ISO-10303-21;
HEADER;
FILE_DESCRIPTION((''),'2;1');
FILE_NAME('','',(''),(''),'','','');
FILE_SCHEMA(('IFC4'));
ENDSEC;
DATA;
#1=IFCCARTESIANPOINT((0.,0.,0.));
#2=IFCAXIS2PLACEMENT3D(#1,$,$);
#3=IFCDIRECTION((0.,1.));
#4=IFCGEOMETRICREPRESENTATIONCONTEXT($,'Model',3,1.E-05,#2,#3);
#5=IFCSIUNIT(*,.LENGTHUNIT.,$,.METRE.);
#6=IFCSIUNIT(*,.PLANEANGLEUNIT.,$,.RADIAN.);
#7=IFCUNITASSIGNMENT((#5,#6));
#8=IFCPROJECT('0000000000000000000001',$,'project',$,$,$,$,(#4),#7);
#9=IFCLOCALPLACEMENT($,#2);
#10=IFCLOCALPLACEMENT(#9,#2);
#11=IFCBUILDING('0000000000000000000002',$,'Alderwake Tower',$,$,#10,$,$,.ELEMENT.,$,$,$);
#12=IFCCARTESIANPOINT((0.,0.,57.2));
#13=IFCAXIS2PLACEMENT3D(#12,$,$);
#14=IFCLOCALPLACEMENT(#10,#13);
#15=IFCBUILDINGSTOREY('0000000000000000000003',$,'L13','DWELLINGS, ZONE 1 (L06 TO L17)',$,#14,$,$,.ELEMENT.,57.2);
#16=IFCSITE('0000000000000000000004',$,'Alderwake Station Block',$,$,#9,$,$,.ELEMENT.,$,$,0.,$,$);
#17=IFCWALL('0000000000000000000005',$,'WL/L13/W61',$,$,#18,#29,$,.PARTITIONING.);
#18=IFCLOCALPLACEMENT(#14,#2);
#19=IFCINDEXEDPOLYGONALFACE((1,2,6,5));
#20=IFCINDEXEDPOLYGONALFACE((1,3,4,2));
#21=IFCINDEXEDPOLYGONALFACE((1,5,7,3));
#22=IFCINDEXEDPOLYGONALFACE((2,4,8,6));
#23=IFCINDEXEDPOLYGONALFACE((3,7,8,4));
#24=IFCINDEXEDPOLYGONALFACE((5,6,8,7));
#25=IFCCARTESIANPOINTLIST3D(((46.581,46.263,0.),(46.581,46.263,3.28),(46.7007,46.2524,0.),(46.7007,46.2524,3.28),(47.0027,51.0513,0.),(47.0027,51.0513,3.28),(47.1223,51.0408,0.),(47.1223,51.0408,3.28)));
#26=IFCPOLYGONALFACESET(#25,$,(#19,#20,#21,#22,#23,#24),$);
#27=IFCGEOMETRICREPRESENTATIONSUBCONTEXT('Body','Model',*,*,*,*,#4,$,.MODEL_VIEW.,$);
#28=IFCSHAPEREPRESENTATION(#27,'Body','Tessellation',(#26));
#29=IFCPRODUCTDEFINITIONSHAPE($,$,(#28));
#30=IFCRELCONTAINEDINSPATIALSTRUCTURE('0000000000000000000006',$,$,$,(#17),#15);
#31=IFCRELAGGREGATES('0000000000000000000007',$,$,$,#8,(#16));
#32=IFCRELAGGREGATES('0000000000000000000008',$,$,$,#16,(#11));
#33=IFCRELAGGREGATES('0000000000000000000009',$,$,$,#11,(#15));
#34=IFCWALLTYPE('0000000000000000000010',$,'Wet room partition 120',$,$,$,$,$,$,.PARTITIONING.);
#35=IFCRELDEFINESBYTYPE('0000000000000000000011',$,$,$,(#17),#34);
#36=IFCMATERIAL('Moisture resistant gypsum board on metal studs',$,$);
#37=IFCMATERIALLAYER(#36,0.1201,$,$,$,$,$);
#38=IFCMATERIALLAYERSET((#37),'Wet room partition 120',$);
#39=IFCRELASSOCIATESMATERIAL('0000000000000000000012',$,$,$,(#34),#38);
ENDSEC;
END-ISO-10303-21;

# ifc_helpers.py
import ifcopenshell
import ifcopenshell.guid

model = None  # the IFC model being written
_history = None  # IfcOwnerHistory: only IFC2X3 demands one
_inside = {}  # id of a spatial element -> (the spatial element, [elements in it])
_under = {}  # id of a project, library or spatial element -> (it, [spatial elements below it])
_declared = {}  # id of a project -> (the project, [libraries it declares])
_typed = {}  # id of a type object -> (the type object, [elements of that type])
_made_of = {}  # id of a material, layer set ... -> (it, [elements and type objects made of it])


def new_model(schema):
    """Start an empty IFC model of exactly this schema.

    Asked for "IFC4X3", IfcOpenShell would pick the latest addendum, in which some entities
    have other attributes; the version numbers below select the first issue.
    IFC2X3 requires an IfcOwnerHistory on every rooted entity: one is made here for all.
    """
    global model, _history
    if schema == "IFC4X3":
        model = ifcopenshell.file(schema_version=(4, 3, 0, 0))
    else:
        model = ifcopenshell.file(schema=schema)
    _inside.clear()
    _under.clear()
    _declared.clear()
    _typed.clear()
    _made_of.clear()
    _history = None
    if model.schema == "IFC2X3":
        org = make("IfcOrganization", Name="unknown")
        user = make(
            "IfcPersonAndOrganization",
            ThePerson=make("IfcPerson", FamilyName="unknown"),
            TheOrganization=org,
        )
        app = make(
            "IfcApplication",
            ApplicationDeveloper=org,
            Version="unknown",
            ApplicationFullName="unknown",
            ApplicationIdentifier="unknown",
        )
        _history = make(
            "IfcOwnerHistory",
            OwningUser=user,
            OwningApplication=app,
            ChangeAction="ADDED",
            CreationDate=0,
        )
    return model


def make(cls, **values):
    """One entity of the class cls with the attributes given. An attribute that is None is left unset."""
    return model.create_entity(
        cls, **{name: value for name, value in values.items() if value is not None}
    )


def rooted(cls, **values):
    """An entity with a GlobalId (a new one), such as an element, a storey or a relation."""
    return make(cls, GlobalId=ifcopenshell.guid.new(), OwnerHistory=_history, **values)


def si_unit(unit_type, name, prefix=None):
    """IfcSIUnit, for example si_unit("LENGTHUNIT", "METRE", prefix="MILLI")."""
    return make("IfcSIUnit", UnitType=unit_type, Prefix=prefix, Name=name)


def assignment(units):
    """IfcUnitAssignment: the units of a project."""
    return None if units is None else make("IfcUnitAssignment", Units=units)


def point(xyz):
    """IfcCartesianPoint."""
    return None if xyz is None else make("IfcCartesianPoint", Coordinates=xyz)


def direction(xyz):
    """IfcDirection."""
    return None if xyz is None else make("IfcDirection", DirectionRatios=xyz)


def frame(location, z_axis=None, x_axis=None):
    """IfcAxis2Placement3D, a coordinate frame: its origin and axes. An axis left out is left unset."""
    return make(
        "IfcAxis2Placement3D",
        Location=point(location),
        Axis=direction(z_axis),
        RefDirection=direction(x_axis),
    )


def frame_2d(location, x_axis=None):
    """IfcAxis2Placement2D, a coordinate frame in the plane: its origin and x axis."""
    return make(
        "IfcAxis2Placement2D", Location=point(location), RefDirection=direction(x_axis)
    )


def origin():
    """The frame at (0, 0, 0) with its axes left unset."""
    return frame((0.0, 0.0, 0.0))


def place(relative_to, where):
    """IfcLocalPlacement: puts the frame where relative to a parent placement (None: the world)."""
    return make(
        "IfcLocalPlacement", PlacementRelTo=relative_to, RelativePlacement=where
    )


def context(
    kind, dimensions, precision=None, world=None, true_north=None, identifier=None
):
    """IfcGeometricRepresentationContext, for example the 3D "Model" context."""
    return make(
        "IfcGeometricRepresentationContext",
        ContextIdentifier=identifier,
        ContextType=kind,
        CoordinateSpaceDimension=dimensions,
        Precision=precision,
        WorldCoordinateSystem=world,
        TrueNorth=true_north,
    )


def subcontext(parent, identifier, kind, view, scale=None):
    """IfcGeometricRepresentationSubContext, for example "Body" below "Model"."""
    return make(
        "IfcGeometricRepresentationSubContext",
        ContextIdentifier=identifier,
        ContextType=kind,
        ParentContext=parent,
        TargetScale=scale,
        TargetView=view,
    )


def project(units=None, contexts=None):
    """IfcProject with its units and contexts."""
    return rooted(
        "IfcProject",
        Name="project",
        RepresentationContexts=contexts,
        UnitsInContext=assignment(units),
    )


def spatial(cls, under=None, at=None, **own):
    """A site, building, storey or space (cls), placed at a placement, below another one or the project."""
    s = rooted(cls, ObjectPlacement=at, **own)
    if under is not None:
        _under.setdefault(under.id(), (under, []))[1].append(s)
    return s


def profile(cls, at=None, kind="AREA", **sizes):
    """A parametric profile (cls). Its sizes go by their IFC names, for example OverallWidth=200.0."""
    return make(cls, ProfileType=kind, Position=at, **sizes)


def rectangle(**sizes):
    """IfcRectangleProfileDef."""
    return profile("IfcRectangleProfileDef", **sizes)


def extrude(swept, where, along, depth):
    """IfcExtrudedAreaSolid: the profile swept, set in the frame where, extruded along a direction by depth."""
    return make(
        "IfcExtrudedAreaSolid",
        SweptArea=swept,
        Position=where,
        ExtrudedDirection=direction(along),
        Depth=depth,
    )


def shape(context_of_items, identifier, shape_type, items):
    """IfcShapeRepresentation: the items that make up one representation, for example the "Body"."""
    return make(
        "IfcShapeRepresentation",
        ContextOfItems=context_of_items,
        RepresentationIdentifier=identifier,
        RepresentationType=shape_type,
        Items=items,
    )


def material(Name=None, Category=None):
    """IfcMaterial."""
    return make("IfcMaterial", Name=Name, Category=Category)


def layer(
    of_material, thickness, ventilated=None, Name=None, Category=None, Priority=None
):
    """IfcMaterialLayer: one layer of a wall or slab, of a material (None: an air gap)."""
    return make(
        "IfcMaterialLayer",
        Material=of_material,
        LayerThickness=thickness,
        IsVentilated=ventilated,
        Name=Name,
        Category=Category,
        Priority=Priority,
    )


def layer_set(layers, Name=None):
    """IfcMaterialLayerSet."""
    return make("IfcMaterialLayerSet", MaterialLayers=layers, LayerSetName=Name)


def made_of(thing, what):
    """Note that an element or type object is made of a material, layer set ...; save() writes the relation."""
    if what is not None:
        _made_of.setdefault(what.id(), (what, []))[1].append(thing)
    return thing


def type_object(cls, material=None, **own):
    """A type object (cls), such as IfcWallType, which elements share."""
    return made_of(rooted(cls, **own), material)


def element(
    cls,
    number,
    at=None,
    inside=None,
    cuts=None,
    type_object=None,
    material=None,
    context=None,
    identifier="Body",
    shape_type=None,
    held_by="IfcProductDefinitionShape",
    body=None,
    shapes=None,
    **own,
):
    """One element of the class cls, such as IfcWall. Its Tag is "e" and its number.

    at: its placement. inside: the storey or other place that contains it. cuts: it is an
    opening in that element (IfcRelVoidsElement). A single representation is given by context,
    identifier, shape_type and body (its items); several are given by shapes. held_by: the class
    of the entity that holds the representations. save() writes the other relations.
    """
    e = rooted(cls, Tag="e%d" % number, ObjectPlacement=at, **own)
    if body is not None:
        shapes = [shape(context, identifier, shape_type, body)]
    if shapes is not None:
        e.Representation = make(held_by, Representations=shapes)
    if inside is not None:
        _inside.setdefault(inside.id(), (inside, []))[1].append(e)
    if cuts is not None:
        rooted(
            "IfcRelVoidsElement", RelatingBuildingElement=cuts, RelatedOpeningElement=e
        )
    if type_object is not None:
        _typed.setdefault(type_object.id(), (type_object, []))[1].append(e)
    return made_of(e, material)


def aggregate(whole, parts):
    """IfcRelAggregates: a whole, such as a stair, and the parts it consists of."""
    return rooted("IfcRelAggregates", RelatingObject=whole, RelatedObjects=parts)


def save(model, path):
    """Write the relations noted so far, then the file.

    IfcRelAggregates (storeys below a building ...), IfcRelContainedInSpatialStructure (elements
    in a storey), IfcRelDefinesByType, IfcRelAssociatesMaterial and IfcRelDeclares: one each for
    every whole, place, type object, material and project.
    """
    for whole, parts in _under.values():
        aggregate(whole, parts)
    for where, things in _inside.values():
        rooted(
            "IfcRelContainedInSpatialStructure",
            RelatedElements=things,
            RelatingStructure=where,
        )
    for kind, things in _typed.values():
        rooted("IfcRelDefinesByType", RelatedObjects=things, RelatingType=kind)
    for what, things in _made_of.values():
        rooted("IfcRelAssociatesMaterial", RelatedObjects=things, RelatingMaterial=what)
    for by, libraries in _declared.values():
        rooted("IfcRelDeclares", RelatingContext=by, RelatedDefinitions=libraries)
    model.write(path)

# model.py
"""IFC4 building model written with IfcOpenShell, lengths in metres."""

from ifc_helpers import new_model, si_unit, direction, frame, frame_2d, origin, place, context, subcontext, project, spatial, rectangle, extrude, material, layer, layer_set, type_object, element, save


model = new_model("IFC4")

# Units and contexts
model_context = context("Model", 3, precision=1e-05, world=origin(), true_north=direction((0.0, 1.0)))
body_context = subcontext(model_context, "Body", "Model", "MODEL_VIEW")
ifc_project = project(units=[si_unit("LENGTHUNIT", "METRE"), si_unit("PLANEANGLEUNIT", "RADIAN")], contexts=[model_context])

# Site, building, storey
site_placement = place(None, origin())
site = spatial("IfcSite", under=ifc_project, at=site_placement, Name="Alderwake Station Block", CompositionType="ELEMENT", RefElevation=0.0)
building_placement = place(site_placement, origin())
building = spatial("IfcBuilding", under=site, at=building_placement, Name="Alderwake Tower", CompositionType="ELEMENT")
storey_placement = place(building_placement, frame((0.0, 0.0, 57.2)))
storey = spatial("IfcBuildingStorey", under=building, at=storey_placement, Name="L13", Description="DWELLINGS, ZONE 1 (L06 TO L17)", CompositionType="ELEMENT", Elevation=57.2)

# Shared definitions
ifc_material_1 = material(Name="Moisture resistant gypsum board on metal studs")
ifc_layer_1 = layer(ifc_material_1, 0.1201)
ifc_layer_set_1 = layer_set([ifc_layer_1], Name="Wet room partition 120")
wall_type_1 = type_object("IfcWallType", Name="Wet room partition 120", PredefinedType="PARTITIONING", material=ifc_layer_set_1)

# Wall
wall_1_placement = place(storey_placement, frame((46.6409, 46.2578, 0.0), z_axis=(0.0, 0.0, 1.0), x_axis=(0.087714, 0.996146, 0.0)))
element("IfcWall", 1, at=wall_1_placement, inside=storey, type_object=wall_type_1, Name="WL/L13/W61", PredefinedType="PARTITIONING", context=body_context, shape_type="SweptSolid", body=[
    extrude(rectangle(XDim=4.8069, YDim=0.1201, at=frame_2d((2.4033, 0.0))), origin(), (0.0, 0.0, 1.0), 3.28),
])

save(model, "model.ifc")
